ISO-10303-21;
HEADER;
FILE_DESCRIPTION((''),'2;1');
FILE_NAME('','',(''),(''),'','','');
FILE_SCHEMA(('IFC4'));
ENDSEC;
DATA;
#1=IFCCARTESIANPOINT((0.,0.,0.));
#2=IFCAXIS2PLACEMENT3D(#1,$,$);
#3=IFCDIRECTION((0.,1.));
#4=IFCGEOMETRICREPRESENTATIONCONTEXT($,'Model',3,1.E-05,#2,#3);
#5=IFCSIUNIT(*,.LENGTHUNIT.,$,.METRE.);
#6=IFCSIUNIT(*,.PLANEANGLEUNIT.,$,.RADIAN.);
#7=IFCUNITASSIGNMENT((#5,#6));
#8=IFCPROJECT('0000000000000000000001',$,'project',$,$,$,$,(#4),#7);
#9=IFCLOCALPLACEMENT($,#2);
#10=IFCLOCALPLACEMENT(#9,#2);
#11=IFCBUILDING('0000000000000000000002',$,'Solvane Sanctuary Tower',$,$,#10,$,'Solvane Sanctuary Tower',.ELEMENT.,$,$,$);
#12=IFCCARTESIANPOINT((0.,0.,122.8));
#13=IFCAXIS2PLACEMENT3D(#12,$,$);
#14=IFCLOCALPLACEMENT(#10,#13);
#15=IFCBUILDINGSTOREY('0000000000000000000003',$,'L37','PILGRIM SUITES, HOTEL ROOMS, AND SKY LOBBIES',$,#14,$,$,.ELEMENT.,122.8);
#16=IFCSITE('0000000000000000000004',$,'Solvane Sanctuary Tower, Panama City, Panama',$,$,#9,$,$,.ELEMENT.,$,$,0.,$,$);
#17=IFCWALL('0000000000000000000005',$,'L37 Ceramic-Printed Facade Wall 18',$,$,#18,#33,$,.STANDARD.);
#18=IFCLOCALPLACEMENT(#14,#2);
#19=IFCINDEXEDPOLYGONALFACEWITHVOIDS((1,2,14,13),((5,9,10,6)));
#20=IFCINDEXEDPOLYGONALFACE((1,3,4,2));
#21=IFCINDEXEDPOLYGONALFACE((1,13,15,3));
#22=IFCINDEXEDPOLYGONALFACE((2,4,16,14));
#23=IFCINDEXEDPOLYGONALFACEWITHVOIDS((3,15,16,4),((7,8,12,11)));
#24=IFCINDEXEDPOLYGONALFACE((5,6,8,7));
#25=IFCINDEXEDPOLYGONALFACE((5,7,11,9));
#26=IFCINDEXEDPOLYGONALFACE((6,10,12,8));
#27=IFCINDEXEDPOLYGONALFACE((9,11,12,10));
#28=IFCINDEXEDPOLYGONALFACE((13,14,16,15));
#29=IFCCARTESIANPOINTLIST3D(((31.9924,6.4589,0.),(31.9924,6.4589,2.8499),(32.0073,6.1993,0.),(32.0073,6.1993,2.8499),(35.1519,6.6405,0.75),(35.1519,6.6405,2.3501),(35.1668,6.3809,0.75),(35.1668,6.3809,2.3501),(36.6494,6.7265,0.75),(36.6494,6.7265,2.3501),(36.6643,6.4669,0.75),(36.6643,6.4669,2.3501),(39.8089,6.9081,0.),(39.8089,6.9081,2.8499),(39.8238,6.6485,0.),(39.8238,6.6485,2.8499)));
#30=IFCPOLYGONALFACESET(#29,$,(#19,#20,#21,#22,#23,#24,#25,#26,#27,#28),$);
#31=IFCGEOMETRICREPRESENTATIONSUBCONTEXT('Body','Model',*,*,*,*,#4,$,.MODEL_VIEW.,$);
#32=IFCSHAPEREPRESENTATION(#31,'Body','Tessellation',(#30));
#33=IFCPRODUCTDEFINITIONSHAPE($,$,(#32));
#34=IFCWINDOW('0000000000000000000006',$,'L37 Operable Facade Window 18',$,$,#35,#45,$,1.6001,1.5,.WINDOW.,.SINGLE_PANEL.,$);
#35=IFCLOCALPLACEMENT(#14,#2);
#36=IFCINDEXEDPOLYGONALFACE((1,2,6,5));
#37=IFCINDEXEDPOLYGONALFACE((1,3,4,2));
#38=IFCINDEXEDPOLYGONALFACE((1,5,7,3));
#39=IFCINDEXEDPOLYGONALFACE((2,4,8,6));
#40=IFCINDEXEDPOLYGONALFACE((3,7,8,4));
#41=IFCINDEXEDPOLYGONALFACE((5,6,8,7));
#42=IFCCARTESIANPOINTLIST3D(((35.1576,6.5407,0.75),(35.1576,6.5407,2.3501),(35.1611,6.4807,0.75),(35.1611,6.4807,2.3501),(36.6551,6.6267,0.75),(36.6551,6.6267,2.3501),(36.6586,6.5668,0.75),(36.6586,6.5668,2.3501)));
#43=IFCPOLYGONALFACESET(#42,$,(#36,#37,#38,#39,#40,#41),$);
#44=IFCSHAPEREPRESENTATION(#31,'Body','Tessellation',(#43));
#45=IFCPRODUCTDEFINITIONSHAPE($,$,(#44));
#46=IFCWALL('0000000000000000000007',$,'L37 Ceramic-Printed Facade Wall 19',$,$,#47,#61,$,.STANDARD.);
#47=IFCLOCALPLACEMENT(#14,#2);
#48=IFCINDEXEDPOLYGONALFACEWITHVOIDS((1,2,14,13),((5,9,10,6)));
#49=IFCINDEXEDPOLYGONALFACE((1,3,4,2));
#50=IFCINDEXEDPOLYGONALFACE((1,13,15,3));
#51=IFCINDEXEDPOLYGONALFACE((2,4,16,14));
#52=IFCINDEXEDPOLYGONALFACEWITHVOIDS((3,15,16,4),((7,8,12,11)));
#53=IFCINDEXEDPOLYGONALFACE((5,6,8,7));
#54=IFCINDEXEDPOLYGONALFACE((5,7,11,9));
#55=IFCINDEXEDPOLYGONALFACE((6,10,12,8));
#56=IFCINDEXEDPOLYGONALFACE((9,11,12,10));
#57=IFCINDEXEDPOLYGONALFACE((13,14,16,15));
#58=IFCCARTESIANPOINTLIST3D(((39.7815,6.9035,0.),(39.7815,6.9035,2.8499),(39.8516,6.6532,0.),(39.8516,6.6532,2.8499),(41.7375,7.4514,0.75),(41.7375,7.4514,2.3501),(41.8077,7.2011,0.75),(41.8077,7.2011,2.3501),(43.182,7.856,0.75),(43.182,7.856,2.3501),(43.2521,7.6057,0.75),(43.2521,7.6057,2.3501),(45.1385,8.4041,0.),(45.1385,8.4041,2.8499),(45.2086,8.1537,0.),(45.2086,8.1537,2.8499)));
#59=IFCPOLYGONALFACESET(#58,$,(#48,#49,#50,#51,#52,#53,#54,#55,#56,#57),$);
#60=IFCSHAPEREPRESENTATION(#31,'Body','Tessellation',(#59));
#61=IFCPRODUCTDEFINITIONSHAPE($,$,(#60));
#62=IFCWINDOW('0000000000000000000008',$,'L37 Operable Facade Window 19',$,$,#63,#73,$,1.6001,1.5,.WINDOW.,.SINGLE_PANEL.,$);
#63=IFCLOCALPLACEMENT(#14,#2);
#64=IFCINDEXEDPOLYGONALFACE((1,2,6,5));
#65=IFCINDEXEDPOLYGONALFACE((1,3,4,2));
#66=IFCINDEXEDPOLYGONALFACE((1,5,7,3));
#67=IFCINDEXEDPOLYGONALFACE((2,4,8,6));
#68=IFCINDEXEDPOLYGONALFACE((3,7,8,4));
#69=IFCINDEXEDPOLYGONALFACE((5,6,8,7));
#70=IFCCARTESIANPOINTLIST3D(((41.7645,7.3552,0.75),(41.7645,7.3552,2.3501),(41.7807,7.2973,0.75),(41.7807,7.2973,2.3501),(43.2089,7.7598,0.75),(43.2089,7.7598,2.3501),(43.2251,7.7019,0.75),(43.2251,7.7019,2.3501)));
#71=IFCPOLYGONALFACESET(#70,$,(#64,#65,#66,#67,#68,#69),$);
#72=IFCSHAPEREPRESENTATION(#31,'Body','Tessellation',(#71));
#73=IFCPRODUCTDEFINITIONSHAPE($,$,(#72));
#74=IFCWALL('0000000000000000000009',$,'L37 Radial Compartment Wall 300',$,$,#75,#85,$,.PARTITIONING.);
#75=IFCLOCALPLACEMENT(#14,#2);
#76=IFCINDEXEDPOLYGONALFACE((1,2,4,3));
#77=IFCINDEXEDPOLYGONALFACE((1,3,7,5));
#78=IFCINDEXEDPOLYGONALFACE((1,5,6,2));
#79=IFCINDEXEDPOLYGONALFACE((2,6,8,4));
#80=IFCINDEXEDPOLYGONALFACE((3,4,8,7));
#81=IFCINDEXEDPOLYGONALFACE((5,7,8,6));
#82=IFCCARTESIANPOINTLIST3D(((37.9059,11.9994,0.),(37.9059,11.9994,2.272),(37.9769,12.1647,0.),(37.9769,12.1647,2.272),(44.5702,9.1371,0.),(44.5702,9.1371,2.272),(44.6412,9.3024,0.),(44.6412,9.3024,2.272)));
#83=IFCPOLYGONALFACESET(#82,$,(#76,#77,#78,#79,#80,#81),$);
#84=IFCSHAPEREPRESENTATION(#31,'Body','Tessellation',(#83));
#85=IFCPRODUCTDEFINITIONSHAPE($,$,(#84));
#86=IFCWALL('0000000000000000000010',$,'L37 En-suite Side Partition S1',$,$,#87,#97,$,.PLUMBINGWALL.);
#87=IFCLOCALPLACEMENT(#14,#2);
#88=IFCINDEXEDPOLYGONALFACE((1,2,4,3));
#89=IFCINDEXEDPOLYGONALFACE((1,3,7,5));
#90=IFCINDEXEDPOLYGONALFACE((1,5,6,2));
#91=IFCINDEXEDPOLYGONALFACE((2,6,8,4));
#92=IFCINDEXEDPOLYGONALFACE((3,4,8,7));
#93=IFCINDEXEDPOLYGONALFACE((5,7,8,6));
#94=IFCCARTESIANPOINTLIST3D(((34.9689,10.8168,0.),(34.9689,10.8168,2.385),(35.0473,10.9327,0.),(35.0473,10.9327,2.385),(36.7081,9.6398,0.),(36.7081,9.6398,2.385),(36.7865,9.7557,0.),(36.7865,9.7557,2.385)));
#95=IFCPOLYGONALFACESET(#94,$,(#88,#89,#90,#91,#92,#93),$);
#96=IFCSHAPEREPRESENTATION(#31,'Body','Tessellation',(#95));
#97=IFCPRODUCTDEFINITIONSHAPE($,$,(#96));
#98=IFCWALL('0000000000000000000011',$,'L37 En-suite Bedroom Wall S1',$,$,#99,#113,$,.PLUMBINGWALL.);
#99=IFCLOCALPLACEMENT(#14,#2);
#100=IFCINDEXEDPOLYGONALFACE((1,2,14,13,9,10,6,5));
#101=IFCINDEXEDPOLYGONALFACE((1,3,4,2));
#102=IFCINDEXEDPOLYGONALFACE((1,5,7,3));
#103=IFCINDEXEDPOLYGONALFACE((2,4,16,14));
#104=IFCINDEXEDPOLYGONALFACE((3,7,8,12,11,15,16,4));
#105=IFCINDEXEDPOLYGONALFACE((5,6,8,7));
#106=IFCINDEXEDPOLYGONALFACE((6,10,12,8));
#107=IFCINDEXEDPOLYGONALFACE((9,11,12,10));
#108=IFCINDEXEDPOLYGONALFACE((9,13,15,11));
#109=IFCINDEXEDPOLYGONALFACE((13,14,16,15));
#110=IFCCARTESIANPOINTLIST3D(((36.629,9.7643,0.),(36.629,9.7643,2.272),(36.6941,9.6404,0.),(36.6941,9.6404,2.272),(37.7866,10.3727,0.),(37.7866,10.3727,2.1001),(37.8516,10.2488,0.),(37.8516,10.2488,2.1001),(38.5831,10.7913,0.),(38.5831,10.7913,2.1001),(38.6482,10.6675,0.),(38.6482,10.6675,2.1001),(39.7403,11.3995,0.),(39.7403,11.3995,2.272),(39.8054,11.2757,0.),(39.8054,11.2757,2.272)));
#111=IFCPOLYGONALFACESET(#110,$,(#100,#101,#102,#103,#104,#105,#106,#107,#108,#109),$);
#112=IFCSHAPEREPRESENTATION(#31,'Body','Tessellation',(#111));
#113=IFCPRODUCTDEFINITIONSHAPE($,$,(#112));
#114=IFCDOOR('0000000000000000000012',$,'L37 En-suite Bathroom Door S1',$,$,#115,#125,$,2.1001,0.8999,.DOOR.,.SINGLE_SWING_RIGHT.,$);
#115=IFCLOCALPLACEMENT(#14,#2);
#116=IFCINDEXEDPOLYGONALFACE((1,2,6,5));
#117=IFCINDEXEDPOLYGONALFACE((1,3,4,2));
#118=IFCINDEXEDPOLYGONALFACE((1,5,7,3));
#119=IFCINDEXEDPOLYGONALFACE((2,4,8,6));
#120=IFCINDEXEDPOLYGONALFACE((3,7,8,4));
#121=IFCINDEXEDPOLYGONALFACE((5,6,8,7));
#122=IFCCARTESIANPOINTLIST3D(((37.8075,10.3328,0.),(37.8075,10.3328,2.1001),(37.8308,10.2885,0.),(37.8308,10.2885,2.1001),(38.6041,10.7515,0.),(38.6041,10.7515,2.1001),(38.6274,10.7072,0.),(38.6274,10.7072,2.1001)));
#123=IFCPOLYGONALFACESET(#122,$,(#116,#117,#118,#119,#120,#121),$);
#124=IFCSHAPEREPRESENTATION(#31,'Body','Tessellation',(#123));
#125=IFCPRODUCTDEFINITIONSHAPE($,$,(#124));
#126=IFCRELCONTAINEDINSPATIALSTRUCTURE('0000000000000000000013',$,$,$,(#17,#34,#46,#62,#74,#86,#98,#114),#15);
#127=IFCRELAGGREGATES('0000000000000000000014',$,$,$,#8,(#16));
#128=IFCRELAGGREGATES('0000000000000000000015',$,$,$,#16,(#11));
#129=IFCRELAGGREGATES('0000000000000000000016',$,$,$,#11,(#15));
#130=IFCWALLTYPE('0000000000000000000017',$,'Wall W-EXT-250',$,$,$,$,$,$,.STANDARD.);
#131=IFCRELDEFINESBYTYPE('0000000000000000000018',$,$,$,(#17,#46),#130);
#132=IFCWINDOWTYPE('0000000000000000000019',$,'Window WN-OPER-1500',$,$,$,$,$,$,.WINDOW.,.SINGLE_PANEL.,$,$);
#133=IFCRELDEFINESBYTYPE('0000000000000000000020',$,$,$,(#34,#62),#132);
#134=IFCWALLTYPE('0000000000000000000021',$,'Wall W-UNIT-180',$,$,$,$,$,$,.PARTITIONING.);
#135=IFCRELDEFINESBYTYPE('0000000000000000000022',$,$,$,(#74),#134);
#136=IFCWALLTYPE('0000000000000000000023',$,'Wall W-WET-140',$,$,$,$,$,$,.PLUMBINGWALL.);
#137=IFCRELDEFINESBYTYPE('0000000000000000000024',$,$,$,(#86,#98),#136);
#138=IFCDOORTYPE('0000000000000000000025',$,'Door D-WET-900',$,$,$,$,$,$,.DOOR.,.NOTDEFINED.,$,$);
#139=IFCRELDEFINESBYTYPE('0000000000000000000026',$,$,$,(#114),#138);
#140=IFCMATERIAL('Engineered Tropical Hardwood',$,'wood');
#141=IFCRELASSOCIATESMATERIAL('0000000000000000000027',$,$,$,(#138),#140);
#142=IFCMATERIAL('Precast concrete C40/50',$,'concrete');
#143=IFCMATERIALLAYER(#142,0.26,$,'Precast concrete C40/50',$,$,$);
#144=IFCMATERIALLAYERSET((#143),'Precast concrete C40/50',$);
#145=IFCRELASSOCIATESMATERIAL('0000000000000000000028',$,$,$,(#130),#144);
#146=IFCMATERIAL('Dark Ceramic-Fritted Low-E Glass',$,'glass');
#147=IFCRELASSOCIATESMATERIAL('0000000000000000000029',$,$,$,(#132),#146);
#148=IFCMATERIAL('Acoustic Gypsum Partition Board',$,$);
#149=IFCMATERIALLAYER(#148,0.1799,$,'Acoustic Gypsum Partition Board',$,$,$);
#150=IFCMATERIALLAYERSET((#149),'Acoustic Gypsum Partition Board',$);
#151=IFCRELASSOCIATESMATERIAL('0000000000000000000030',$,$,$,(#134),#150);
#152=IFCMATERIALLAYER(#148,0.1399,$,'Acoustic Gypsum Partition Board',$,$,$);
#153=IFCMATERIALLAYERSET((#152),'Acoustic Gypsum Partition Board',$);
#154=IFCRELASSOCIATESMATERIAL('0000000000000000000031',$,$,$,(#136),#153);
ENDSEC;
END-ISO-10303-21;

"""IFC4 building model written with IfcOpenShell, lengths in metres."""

from ifc_helpers import new_model, si_unit, direction, frame, frame_2d, origin, place, context, subcontext, project, spatial, rectangle, extrude, material, layer, layer_set, type_object, element, fill, save


model = new_model("IFC4")

# Units and contexts
model_context = context("Model", 3, precision=1e-05, world=origin(), true_north=direction((0.0, 1.0)))
body_context = subcontext(model_context, "Body", "Model", "MODEL_VIEW")
ifc_project = project(units=[si_unit("LENGTHUNIT", "METRE"), si_unit("PLANEANGLEUNIT", "RADIAN")], contexts=[model_context])

# Site, building, storey
site_placement = place(None, origin())
site = spatial("IfcSite", under=ifc_project, at=site_placement, Name="Solvane Sanctuary Tower, Panama City, Panama", CompositionType="ELEMENT", RefElevation=0.0)
building_placement = place(site_placement, origin())
building = spatial("IfcBuilding", under=site, at=building_placement, Name="Solvane Sanctuary Tower", LongName="Solvane Sanctuary Tower", CompositionType="ELEMENT")
storey_placement = place(building_placement, frame((0.0, 0.0, 122.8)))
storey = spatial("IfcBuildingStorey", under=building, at=storey_placement, Name="L37", Description="PILGRIM SUITES, HOTEL ROOMS, AND SKY LOBBIES", CompositionType="ELEMENT", Elevation=122.8)

# Shared definitions
ifc_material_1 = material(Name="Acoustic Gypsum Partition Board")

# Shared definitions
ifc_material_2 = material(Name="Engineered Tropical Hardwood", Category="wood")
door_type_1 = type_object("IfcDoorType", Name="Door D-WET-900", OperationType="NOTDEFINED", PredefinedType="DOOR", material=ifc_material_2)

# Walls, openings, windows
ifc_material_3 = material(Name="Precast concrete C40/50", Category="concrete")
ifc_layer_1 = layer(ifc_material_3, 0.26, Name="Precast concrete C40/50")
ifc_layer_set_1 = layer_set([ifc_layer_1], Name="Precast concrete C40/50")
wall_type_1 = type_object("IfcWallType", Name="Wall W-EXT-250", PredefinedType="STANDARD", material=ifc_layer_set_1)
wall_1_placement = place(storey_placement, frame((32.0, 6.3291, 0.0), z_axis=(0.0, 0.0, 1.0), x_axis=(0.998353, 0.057377, 0.0)))
wall_1 = element("IfcWall", 1, at=wall_1_placement, inside=storey, type_object=wall_type_1, Name="L37 Ceramic-Printed Facade Wall 18", PredefinedType="STANDARD", context=body_context, shape_type="SweptSolid", body=[
    extrude(rectangle(XDim=7.8293, YDim=0.26, at=frame_2d((3.9146, 0.0))), origin(), (0.0, 0.0, 1.0), 2.8499),
])
opening_1_placement = place(wall_1_placement, frame((3.1646, 0.0, 0.75)))
opening_1 = element("IfcOpeningElement", 2, at=opening_1_placement, cuts=wall_1, PredefinedType="OPENING", context=body_context, shape_type="SweptSolid", body=[
    extrude(rectangle(XDim=1.5, YDim=1.6001, at=frame_2d((0.75, 0.8))), frame((0.0, 0.1399, 0.0), z_axis=(0.0, -1.0, 0.0), x_axis=(1.0, 0.0, 0.0)), (0.0, 0.0, 1.0), 0.28),
])
ifc_material_4 = material(Name="Dark Ceramic-Fritted Low-E Glass", Category="glass")
window_type = type_object("IfcWindowType", Name="Window WN-OPER-1500", PartitioningType="SINGLE_PANEL", PredefinedType="WINDOW", material=ifc_material_4)
window_1_placement = place(opening_1_placement, origin())
window_1 = element("IfcWindow", 3, at=window_1_placement, inside=storey, type_object=window_type, Name="L37 Operable Facade Window 18", OverallHeight=1.6001, OverallWidth=1.5, PartitioningType="SINGLE_PANEL", PredefinedType="WINDOW", context=body_context, shape_type="SweptSolid", body=[
    extrude(rectangle(XDim=1.5, YDim=1.6001, at=frame_2d((0.75, 0.8))), frame((0.0, 0.03, 0.0), z_axis=(0.0, -1.0, 0.0), x_axis=(1.0, 0.0, 0.0)), (0.0, 0.0, 1.0), 0.0601),
])
fill(opening_1, window_1)
wall_2_placement = place(storey_placement, frame((39.8164, 6.7783, 0.0), z_axis=(0.0, 0.0, 1.0), x_axis=(0.962938, 0.269721, 0.0)))
wall_2 = element("IfcWall", 4, at=wall_2_placement, inside=storey, type_object=wall_type_1, Name="L37 Ceramic-Printed Facade Wall 19", PredefinedType="STANDARD", context=body_context, shape_type="SweptSolid", body=[
    extrude(rectangle(XDim=5.5632, YDim=0.26, at=frame_2d((2.7817, 0.0))), origin(), (0.0, 0.0, 1.0), 2.8499),
])
opening_2_placement = place(wall_2_placement, frame((2.0315, 0.0, 0.75)))
opening_2 = element("IfcOpeningElement", 5, at=opening_2_placement, cuts=wall_2, PredefinedType="OPENING", context=body_context, shape_type="SweptSolid", body=[
    extrude(rectangle(XDim=1.5, YDim=1.6001, at=frame_2d((0.75, 0.8))), frame((0.0, 0.1399, 0.0), z_axis=(0.0, -1.0, 0.0), x_axis=(1.0, 0.0, 0.0)), (0.0, 0.0, 1.0), 0.28),
])
window_2_placement = place(opening_2_placement, origin())
window_2 = element("IfcWindow", 6, at=window_2_placement, inside=storey, type_object=window_type, Name="L37 Operable Facade Window 19", OverallHeight=1.6001, OverallWidth=1.5, PartitioningType="SINGLE_PANEL", PredefinedType="WINDOW", context=body_context, shape_type="SweptSolid", body=[
    extrude(rectangle(XDim=1.5, YDim=1.6001, at=frame_2d((0.75, 0.8))), frame((0.0, 0.03, 0.0), z_axis=(0.0, -1.0, 0.0), x_axis=(1.0, 0.0, 0.0)), (0.0, 0.0, 1.0), 0.0601),
])
fill(opening_2, window_2)

# Walls
ifc_layer_2 = layer(ifc_material_1, 0.1799, Name="Acoustic Gypsum Partition Board")
ifc_layer_set_2 = layer_set([ifc_layer_2], Name="Acoustic Gypsum Partition Board")
wall_type_2 = type_object("IfcWallType", Name="Wall W-UNIT-180", PredefinedType="PARTITIONING", material=ifc_layer_set_2)
wall_3_placement = place(storey_placement, frame((37.9414, 12.082, 0.0), z_axis=(0.0, 0.0, 1.0), x_axis=(0.918837, -0.394638, 0.0)))
element("IfcWall", 7, at=wall_3_placement, inside=storey, type_object=wall_type_2, Name="L37 Radial Compartment Wall 300", PredefinedType="PARTITIONING", context=body_context, shape_type="SweptSolid", body=[
    extrude(rectangle(XDim=7.2529, YDim=0.1799, at=frame_2d((3.6265, 0.0))), origin(), (0.0, 0.0, 1.0), 2.272),
])
ifc_layer_3 = layer(ifc_material_1, 0.1399, Name="Acoustic Gypsum Partition Board")
ifc_layer_set_3 = layer_set([ifc_layer_3], Name="Acoustic Gypsum Partition Board")
wall_type_3 = type_object("IfcWallType", Name="Wall W-WET-140", PredefinedType="PLUMBINGWALL", material=ifc_layer_set_3)
wall_4_placement = place(storey_placement, frame((35.0081, 10.8748, 0.0), z_axis=(0.0, 0.0, 1.0), x_axis=(0.828185, -0.560455, 0.0)))
element("IfcWall", 8, at=wall_4_placement, inside=storey, type_object=wall_type_3, Name="L37 En-suite Side Partition S1", PredefinedType="PLUMBINGWALL", context=body_context, shape_type="SweptSolid", body=[
    extrude(rectangle(XDim=2.1001, YDim=0.1399, at=frame_2d((1.05, 0.0))), origin(), (0.0, 0.0, 1.0), 2.385),
])

# Wall, opening, door
wall_5_placement = place(storey_placement, frame((36.6616, 9.7024, 0.0), z_axis=(0.0, 0.0, 1.0), x_axis=(0.885186, 0.465237, 0.0)))
wall_5 = element("IfcWall", 9, at=wall_5_placement, inside=storey, type_object=wall_type_3, Name="L37 En-suite Bedroom Wall S1", PredefinedType="PLUMBINGWALL", context=body_context, shape_type="SweptSolid", body=[
    extrude(rectangle(XDim=3.5149, YDim=0.1399, at=frame_2d((1.7573, 0.0))), origin(), (0.0, 0.0, 1.0), 2.272),
])
opening_3_placement = place(wall_5_placement, frame((1.3076, 0.0, 0.0)))
opening_3 = element("IfcOpeningElement", 10, at=opening_3_placement, cuts=wall_5, PredefinedType="OPENING", context=body_context, shape_type="SweptSolid", body=[
    extrude(rectangle(XDim=0.8999, YDim=2.1001, at=frame_2d((0.45, 1.05))), frame((0.0, 0.0798, 0.0), z_axis=(0.0, -1.0, 0.0), x_axis=(1.0, 0.0, 0.0)), (0.0, 0.0, 1.0), 0.1599),
])
door_1_placement = place(opening_3_placement, origin())
door_1 = element("IfcDoor", 11, at=door_1_placement, inside=storey, type_object=door_type_1, Name="L37 En-suite Bathroom Door S1", OperationType="SINGLE_SWING_RIGHT", OverallHeight=2.1001, OverallWidth=0.8999, PredefinedType="DOOR", context=body_context, shape_type="SweptSolid", body=[
    extrude(rectangle(XDim=0.8999, YDim=2.1001, at=frame_2d((0.45, 1.05))), frame((0.0, 0.0249, 0.0), z_axis=(0.0, -1.0, 0.0), x_axis=(1.0, 0.0, 0.0)), (0.0, 0.0, 1.0), 0.05),
])
fill(opening_3, door_1)

save(model, "model.ifc")
